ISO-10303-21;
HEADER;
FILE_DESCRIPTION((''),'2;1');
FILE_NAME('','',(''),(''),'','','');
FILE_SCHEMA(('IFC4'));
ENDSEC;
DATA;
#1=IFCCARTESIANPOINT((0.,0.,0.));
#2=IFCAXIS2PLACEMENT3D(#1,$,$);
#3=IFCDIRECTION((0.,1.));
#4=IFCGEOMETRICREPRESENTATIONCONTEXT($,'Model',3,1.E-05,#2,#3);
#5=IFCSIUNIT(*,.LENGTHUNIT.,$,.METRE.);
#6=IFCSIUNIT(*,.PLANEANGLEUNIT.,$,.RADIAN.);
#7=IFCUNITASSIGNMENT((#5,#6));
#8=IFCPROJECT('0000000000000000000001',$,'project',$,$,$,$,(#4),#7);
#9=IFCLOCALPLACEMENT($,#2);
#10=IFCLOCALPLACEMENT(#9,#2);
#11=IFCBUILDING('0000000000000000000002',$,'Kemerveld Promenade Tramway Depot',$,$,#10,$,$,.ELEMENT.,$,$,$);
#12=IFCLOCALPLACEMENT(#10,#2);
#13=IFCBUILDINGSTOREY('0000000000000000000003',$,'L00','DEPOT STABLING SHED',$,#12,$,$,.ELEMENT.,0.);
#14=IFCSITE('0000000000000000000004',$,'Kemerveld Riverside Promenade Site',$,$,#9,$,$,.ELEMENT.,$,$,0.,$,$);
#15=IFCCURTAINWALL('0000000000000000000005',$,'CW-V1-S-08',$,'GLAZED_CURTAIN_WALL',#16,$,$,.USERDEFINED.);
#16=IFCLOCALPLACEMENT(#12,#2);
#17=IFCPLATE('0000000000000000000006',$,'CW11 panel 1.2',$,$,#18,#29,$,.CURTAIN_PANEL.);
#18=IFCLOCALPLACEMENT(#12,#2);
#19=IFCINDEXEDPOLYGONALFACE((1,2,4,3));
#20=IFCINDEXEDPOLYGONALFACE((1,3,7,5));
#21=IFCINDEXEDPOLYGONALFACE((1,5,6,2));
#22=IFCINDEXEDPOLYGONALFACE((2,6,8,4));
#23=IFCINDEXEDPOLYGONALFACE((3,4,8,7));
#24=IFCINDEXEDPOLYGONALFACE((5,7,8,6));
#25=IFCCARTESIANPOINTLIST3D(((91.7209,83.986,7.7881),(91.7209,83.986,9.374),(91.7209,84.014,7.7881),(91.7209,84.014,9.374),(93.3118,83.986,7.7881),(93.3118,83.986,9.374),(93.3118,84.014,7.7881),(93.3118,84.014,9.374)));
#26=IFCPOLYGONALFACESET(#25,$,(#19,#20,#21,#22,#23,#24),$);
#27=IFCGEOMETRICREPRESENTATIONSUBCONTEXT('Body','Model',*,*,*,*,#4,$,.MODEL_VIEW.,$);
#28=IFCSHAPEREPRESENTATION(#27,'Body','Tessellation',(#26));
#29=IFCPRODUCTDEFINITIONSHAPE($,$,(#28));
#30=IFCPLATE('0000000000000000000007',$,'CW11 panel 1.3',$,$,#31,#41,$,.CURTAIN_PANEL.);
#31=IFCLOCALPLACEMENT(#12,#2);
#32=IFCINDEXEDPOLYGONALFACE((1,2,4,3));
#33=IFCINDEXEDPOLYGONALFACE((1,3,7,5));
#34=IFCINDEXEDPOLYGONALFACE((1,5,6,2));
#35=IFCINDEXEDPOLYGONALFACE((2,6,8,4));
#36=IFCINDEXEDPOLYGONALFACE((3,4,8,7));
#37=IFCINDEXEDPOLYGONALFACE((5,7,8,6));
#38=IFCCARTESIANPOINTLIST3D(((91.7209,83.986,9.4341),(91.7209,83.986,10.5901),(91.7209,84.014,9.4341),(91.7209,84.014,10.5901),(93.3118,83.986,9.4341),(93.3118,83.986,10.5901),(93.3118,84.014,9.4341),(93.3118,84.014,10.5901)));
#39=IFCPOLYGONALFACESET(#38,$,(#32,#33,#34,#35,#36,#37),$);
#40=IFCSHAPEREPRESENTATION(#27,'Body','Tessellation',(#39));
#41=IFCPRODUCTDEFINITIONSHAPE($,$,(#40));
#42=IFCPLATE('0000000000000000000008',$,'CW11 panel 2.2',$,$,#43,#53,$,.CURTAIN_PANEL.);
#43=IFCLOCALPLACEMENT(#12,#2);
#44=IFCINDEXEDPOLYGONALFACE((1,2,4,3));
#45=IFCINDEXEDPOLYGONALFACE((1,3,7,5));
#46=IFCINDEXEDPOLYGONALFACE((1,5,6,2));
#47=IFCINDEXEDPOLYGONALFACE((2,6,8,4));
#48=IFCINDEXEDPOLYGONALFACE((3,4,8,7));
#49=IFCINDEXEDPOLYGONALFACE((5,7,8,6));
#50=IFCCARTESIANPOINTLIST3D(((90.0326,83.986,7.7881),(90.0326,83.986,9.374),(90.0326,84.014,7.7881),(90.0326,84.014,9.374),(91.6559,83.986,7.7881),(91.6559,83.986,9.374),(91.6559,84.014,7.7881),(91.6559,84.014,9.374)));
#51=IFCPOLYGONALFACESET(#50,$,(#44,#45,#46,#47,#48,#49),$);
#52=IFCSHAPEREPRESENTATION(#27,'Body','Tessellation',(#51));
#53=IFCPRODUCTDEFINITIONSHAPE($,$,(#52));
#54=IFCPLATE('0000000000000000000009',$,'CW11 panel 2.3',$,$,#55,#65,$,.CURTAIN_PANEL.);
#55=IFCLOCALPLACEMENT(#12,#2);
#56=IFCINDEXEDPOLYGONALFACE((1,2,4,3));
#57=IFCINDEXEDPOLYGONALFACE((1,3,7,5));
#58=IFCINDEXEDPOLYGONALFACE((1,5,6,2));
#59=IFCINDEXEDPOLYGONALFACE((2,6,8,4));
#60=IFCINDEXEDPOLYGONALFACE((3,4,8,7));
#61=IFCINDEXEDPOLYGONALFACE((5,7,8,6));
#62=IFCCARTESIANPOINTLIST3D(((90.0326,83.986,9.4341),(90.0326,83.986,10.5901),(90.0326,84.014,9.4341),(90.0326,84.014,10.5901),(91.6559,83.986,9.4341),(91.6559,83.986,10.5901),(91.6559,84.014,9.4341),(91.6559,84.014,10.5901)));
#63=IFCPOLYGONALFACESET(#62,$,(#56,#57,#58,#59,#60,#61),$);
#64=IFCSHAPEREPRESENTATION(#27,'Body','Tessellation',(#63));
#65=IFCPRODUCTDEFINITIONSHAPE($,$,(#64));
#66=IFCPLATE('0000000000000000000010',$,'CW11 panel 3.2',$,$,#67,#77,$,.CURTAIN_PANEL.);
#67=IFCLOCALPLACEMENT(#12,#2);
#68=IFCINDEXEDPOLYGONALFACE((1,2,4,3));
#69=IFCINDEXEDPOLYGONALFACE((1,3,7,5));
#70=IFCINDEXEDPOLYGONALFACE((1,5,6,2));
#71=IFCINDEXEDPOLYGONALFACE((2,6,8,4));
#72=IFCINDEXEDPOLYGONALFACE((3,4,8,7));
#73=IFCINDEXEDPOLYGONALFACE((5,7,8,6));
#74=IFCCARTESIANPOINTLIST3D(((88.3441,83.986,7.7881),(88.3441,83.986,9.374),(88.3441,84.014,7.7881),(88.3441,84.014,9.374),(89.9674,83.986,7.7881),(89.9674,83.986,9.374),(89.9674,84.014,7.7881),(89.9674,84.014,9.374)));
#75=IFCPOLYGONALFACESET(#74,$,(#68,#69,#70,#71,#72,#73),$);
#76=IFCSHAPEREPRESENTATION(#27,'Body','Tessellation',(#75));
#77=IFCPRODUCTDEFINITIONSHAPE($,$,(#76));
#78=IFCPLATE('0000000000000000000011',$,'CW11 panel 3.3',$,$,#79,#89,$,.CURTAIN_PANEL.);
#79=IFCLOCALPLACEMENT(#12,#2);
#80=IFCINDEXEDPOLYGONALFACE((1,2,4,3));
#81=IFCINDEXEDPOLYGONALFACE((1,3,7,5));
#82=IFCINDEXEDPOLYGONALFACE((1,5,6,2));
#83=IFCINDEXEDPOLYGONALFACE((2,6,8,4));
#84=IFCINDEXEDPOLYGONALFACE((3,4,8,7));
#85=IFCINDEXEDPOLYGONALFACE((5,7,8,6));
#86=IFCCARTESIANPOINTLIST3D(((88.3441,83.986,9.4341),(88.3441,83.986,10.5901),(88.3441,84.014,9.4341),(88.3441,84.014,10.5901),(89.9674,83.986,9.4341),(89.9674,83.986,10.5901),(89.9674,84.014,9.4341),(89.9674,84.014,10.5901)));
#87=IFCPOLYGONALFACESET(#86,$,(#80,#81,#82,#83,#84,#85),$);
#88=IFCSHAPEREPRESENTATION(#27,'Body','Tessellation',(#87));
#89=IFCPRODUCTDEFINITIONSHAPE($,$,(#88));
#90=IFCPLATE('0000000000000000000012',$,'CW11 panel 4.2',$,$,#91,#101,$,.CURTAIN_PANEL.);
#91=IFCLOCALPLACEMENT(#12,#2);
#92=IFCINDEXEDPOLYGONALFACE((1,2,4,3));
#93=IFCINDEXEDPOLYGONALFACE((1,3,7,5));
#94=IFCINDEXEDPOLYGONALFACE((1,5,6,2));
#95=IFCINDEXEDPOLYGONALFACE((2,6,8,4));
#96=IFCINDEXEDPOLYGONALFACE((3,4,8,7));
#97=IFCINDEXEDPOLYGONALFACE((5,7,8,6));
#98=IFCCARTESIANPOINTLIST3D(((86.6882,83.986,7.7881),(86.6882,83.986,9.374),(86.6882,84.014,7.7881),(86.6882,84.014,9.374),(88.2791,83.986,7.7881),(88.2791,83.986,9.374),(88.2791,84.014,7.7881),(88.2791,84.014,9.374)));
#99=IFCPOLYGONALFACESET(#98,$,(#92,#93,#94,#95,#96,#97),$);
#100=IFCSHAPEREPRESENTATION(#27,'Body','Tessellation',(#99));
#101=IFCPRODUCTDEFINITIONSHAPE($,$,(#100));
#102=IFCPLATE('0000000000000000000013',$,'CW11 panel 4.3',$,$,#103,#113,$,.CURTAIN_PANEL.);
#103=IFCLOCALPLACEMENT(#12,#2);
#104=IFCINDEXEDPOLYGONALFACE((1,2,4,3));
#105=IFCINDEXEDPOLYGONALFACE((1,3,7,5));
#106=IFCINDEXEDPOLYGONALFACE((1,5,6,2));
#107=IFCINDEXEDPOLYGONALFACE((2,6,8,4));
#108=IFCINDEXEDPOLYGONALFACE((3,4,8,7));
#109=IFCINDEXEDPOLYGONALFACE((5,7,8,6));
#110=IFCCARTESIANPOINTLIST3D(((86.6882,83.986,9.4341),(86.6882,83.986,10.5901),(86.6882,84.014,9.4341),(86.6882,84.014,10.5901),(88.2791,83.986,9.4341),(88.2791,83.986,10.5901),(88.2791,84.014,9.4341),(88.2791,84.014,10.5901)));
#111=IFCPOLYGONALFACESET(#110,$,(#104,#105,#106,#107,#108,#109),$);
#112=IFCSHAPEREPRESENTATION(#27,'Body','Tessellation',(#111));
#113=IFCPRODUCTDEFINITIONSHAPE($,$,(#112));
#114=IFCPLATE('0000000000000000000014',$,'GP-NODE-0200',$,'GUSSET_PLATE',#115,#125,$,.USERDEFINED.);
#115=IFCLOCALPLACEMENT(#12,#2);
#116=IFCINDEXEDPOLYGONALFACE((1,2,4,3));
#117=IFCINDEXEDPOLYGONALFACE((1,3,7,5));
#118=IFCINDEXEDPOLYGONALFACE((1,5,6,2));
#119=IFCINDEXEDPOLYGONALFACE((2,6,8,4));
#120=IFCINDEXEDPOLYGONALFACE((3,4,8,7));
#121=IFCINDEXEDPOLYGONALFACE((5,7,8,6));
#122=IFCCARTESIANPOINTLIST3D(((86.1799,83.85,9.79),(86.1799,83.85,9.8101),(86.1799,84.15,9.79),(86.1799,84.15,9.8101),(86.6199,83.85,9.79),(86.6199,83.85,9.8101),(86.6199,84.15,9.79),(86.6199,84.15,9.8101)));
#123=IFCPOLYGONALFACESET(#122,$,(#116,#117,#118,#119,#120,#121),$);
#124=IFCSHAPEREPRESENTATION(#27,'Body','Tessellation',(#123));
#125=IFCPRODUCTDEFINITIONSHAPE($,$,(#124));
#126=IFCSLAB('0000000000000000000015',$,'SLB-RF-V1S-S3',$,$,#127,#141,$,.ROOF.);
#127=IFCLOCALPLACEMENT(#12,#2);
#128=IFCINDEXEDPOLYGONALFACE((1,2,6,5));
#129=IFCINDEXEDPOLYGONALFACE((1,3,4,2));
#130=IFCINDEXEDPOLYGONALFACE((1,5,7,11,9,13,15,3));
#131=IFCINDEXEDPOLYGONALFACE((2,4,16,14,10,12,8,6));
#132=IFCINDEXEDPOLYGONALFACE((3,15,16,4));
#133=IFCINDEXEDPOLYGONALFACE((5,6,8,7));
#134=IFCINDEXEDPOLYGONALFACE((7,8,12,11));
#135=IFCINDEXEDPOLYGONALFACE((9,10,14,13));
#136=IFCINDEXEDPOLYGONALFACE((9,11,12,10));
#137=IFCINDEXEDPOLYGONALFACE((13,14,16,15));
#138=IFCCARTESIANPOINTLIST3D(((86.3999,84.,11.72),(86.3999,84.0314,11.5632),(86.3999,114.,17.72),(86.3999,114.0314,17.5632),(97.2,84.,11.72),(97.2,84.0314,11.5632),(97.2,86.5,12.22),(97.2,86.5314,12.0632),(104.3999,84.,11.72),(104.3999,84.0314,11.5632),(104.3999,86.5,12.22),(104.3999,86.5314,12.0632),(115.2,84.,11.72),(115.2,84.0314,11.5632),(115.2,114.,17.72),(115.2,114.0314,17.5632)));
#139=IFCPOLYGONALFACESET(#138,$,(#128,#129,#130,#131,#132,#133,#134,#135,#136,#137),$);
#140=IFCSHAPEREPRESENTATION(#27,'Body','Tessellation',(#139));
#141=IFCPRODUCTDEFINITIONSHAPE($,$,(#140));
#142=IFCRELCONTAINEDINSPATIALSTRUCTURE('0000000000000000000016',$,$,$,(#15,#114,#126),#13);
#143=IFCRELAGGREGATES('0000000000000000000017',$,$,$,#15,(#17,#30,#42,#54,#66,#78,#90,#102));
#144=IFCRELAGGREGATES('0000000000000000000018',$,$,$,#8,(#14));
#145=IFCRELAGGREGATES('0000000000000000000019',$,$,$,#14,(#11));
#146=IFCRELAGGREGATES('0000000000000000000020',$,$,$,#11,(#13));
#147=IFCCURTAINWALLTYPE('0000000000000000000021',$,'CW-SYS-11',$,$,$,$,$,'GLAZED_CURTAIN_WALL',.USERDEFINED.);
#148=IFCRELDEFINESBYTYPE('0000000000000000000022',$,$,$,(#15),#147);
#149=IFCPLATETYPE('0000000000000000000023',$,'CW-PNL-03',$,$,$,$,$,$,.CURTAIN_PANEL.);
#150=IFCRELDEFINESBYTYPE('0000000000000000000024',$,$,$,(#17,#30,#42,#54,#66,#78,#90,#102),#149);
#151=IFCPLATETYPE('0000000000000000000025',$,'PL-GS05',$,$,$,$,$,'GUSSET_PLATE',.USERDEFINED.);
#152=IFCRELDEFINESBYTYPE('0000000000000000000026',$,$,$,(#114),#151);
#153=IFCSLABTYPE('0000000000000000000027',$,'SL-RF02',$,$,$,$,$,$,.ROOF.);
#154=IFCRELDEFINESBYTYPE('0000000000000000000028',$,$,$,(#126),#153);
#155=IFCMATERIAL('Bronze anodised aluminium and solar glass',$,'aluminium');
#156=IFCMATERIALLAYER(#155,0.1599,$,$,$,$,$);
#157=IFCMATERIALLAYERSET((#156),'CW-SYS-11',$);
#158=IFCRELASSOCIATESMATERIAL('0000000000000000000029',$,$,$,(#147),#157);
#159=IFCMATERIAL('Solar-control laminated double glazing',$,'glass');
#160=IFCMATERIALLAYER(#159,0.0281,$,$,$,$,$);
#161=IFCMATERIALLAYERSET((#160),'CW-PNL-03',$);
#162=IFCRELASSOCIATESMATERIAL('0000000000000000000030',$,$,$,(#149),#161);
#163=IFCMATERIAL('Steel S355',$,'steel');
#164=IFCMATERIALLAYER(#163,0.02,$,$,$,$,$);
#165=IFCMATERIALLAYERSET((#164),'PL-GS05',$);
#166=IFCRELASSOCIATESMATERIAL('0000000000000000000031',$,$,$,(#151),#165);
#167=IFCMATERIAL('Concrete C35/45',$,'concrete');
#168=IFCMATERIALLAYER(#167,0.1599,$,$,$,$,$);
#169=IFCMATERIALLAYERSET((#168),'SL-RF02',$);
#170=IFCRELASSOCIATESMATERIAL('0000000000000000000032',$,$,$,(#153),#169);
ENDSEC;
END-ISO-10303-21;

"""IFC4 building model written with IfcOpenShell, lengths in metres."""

from ifc_helpers import new_model, si_unit, direction, frame, origin, origin_2d, place, context, subcontext, project, spatial, polyline, rectangle, outline, extrude, material, layer, layer_set, type_object, element, aggregate, save


model = new_model("IFC4")

# Units and contexts
model_context = context("Model", 3, precision=1e-05, world=origin(), true_north=direction((0.0, 1.0)))
body_context = subcontext(model_context, "Body", "Model", "MODEL_VIEW")
ifc_project = project(units=[si_unit("LENGTHUNIT", "METRE"), si_unit("PLANEANGLEUNIT", "RADIAN")], contexts=[model_context])

# Site, building, storey
site_placement = place(None, origin())
site = spatial("IfcSite", under=ifc_project, at=site_placement, Name="Kemerveld Riverside Promenade Site", CompositionType="ELEMENT", RefElevation=0.0)
building_placement = place(site_placement, origin())
building = spatial("IfcBuilding", under=site, at=building_placement, Name="Kemerveld Promenade Tramway Depot", CompositionType="ELEMENT")
storey_placement = place(building_placement, origin())
storey = spatial("IfcBuildingStorey", under=building, at=storey_placement, Name="L00", Description="DEPOT STABLING SHED", CompositionType="ELEMENT", Elevation=0.0)

# Shared definitions
ifc_material_1 = material(Name="Steel S355", Category="steel")

# Curtain wall
ifc_material_2 = material(Name="Bronze anodised aluminium and solar glass", Category="aluminium")
ifc_layer_1 = layer(ifc_material_2, 0.1599)
ifc_layer_set_1 = layer_set([ifc_layer_1], Name="CW-SYS-11")
curtain_wall_type_1 = type_object("IfcCurtainWallType", Name="CW-SYS-11", ElementType="GLAZED_CURTAIN_WALL", PredefinedType="USERDEFINED", material=ifc_layer_set_1)
curtain_wall_1_placement = place(storey_placement, origin())
curtain_wall_1 = element("IfcCurtainWall", 1, at=curtain_wall_1_placement, inside=storey, type_object=curtain_wall_type_1, Name="CW-V1-S-08", ObjectType="GLAZED_CURTAIN_WALL", PredefinedType="USERDEFINED")

# Plates
ifc_material_3 = material(Name="Solar-control laminated double glazing", Category="glass")
ifc_layer_2 = layer(ifc_material_3, 0.0281)
ifc_layer_set_2 = layer_set([ifc_layer_2], Name="CW-PNL-03")
plate_type_1 = type_object("IfcPlateType", Name="CW-PNL-03", PredefinedType="CURTAIN_PANEL", material=ifc_layer_set_2)
plate_1_placement = place(storey_placement, frame((92.5164, 84.0, 7.7881), z_axis=(0.0, 0.0, 1.0), x_axis=(-1.0, 0.0, 0.0)))
plate_1 = element("IfcPlate", 2, at=plate_1_placement, type_object=plate_type_1, Name="CW11 panel 1.2", PredefinedType="CURTAIN_PANEL", context=body_context, shape_type="SweptSolid", body=[
    extrude(rectangle(XDim=1.5908, YDim=0.0281, at=origin_2d()), origin(), (0.0, 0.0, 1.0), 1.5859),
])
plate_2_placement = place(storey_placement, frame((92.5164, 84.0, 9.4341), z_axis=(0.0, 0.0, 1.0), x_axis=(-1.0, 0.0, 0.0)))
plate_2 = element("IfcPlate", 3, at=plate_2_placement, type_object=plate_type_1, Name="CW11 panel 1.3", PredefinedType="CURTAIN_PANEL", context=body_context, shape_type="SweptSolid", body=[
    extrude(rectangle(XDim=1.5908, YDim=0.0281, at=origin_2d()), origin(), (0.0, 0.0, 1.0), 1.156),
])
plate_3_placement = place(storey_placement, frame((90.8442, 84.0, 7.7881), z_axis=(0.0, 0.0, 1.0), x_axis=(-1.0, 0.0, 0.0)))
plate_3 = element("IfcPlate", 4, at=plate_3_placement, type_object=plate_type_1, Name="CW11 panel 2.2", PredefinedType="CURTAIN_PANEL", context=body_context, shape_type="SweptSolid", body=[
    extrude(rectangle(XDim=1.6233, YDim=0.0281, at=origin_2d()), origin(), (0.0, 0.0, 1.0), 1.5859),
])
plate_4_placement = place(storey_placement, frame((90.8442, 84.0, 9.4341), z_axis=(0.0, 0.0, 1.0), x_axis=(-1.0, 0.0, 0.0)))
plate_4 = element("IfcPlate", 5, at=plate_4_placement, type_object=plate_type_1, Name="CW11 panel 2.3", PredefinedType="CURTAIN_PANEL", context=body_context, shape_type="SweptSolid", body=[
    extrude(rectangle(XDim=1.6233, YDim=0.0281, at=origin_2d()), origin(), (0.0, 0.0, 1.0), 1.156),
])
plate_5_placement = place(storey_placement, frame((89.1558, 84.0, 7.7881), z_axis=(0.0, 0.0, 1.0), x_axis=(-1.0, 0.0, 0.0)))
plate_5 = element("IfcPlate", 6, at=plate_5_placement, type_object=plate_type_1, Name="CW11 panel 3.2", PredefinedType="CURTAIN_PANEL", context=body_context, shape_type="SweptSolid", body=[
    extrude(rectangle(XDim=1.6233, YDim=0.0281, at=origin_2d()), origin(), (0.0, 0.0, 1.0), 1.5859),
])
plate_6_placement = place(storey_placement, frame((89.1558, 84.0, 9.4341), z_axis=(0.0, 0.0, 1.0), x_axis=(-1.0, 0.0, 0.0)))
plate_6 = element("IfcPlate", 7, at=plate_6_placement, type_object=plate_type_1, Name="CW11 panel 3.3", PredefinedType="CURTAIN_PANEL", context=body_context, shape_type="SweptSolid", body=[
    extrude(rectangle(XDim=1.6233, YDim=0.0281, at=origin_2d()), origin(), (0.0, 0.0, 1.0), 1.156),
])
plate_7_placement = place(storey_placement, frame((87.4836, 84.0, 7.7881), z_axis=(0.0, 0.0, 1.0), x_axis=(-1.0, 0.0, 0.0)))
plate_7 = element("IfcPlate", 8, at=plate_7_placement, type_object=plate_type_1, Name="CW11 panel 4.2", PredefinedType="CURTAIN_PANEL", context=body_context, shape_type="SweptSolid", body=[
    extrude(rectangle(XDim=1.5908, YDim=0.0281, at=origin_2d()), origin(), (0.0, 0.0, 1.0), 1.5859),
])
plate_8_placement = place(storey_placement, frame((87.4836, 84.0, 9.4341), z_axis=(0.0, 0.0, 1.0), x_axis=(-1.0, 0.0, 0.0)))
plate_8 = element("IfcPlate", 9, at=plate_8_placement, type_object=plate_type_1, Name="CW11 panel 4.3", PredefinedType="CURTAIN_PANEL", context=body_context, shape_type="SweptSolid", body=[
    extrude(rectangle(XDim=1.5908, YDim=0.0281, at=origin_2d()), origin(), (0.0, 0.0, 1.0), 1.156),
])
aggregate(curtain_wall_1, [plate_1, plate_2, plate_3, plate_4, plate_5, plate_6, plate_7, plate_8])
ifc_layer_3 = layer(ifc_material_1, 0.02)
ifc_layer_set_3 = layer_set([ifc_layer_3], Name="PL-GS05")
plate_type_2 = type_object("IfcPlateType", Name="PL-GS05", ElementType="GUSSET_PLATE", PredefinedType="USERDEFINED", material=ifc_layer_set_3)
plate_9_placement = place(storey_placement, frame((86.3999, 84.0, 9.79), z_axis=(0.0, 0.0, 1.0), x_axis=(1.0, 0.0, 0.0)))
element("IfcPlate", 10, at=plate_9_placement, inside=storey, type_object=plate_type_2, Name="GP-NODE-0200", ObjectType="GUSSET_PLATE", PredefinedType="USERDEFINED", context=body_context, shape_type="SweptSolid", body=[
    extrude(rectangle(XDim=0.4399, YDim=0.3, at=origin_2d()), origin(), (0.0, 0.0, 1.0), 0.02),
])

# Slab
ifc_material_4 = material(Name="Concrete C35/45", Category="concrete")
ifc_layer_4 = layer(ifc_material_4, 0.1599)
ifc_layer_set_4 = layer_set([ifc_layer_4], Name="SL-RF02")
slab_type = type_object("IfcSlabType", Name="SL-RF02", PredefinedType="ROOF", material=ifc_layer_set_4)
slab_placement = place(storey_placement, frame((86.3999, 84.0, 11.72), z_axis=(0.0, -0.196116, 0.980581), x_axis=(1.0, 0.0, 0.0)))
element("IfcSlab", 11, at=slab_placement, inside=storey, type_object=slab_type, Name="SLB-RF-V1S-S3", PredefinedType="ROOF", context=body_context, shape_type="SweptSolid", body=[
    extrude(outline(polyline([(0.0, 0.0), (10.8, 0.0), (10.8, 2.5495), (18.0, 2.5495), (18.0, 0.0), (28.8, 0.0), (28.8, 30.5941), (0.0, 30.5941), (0.0, 0.0)])), origin(), (0.0, 0.0, -1.0), 0.1599),
])

save(model, "model.ifc")
